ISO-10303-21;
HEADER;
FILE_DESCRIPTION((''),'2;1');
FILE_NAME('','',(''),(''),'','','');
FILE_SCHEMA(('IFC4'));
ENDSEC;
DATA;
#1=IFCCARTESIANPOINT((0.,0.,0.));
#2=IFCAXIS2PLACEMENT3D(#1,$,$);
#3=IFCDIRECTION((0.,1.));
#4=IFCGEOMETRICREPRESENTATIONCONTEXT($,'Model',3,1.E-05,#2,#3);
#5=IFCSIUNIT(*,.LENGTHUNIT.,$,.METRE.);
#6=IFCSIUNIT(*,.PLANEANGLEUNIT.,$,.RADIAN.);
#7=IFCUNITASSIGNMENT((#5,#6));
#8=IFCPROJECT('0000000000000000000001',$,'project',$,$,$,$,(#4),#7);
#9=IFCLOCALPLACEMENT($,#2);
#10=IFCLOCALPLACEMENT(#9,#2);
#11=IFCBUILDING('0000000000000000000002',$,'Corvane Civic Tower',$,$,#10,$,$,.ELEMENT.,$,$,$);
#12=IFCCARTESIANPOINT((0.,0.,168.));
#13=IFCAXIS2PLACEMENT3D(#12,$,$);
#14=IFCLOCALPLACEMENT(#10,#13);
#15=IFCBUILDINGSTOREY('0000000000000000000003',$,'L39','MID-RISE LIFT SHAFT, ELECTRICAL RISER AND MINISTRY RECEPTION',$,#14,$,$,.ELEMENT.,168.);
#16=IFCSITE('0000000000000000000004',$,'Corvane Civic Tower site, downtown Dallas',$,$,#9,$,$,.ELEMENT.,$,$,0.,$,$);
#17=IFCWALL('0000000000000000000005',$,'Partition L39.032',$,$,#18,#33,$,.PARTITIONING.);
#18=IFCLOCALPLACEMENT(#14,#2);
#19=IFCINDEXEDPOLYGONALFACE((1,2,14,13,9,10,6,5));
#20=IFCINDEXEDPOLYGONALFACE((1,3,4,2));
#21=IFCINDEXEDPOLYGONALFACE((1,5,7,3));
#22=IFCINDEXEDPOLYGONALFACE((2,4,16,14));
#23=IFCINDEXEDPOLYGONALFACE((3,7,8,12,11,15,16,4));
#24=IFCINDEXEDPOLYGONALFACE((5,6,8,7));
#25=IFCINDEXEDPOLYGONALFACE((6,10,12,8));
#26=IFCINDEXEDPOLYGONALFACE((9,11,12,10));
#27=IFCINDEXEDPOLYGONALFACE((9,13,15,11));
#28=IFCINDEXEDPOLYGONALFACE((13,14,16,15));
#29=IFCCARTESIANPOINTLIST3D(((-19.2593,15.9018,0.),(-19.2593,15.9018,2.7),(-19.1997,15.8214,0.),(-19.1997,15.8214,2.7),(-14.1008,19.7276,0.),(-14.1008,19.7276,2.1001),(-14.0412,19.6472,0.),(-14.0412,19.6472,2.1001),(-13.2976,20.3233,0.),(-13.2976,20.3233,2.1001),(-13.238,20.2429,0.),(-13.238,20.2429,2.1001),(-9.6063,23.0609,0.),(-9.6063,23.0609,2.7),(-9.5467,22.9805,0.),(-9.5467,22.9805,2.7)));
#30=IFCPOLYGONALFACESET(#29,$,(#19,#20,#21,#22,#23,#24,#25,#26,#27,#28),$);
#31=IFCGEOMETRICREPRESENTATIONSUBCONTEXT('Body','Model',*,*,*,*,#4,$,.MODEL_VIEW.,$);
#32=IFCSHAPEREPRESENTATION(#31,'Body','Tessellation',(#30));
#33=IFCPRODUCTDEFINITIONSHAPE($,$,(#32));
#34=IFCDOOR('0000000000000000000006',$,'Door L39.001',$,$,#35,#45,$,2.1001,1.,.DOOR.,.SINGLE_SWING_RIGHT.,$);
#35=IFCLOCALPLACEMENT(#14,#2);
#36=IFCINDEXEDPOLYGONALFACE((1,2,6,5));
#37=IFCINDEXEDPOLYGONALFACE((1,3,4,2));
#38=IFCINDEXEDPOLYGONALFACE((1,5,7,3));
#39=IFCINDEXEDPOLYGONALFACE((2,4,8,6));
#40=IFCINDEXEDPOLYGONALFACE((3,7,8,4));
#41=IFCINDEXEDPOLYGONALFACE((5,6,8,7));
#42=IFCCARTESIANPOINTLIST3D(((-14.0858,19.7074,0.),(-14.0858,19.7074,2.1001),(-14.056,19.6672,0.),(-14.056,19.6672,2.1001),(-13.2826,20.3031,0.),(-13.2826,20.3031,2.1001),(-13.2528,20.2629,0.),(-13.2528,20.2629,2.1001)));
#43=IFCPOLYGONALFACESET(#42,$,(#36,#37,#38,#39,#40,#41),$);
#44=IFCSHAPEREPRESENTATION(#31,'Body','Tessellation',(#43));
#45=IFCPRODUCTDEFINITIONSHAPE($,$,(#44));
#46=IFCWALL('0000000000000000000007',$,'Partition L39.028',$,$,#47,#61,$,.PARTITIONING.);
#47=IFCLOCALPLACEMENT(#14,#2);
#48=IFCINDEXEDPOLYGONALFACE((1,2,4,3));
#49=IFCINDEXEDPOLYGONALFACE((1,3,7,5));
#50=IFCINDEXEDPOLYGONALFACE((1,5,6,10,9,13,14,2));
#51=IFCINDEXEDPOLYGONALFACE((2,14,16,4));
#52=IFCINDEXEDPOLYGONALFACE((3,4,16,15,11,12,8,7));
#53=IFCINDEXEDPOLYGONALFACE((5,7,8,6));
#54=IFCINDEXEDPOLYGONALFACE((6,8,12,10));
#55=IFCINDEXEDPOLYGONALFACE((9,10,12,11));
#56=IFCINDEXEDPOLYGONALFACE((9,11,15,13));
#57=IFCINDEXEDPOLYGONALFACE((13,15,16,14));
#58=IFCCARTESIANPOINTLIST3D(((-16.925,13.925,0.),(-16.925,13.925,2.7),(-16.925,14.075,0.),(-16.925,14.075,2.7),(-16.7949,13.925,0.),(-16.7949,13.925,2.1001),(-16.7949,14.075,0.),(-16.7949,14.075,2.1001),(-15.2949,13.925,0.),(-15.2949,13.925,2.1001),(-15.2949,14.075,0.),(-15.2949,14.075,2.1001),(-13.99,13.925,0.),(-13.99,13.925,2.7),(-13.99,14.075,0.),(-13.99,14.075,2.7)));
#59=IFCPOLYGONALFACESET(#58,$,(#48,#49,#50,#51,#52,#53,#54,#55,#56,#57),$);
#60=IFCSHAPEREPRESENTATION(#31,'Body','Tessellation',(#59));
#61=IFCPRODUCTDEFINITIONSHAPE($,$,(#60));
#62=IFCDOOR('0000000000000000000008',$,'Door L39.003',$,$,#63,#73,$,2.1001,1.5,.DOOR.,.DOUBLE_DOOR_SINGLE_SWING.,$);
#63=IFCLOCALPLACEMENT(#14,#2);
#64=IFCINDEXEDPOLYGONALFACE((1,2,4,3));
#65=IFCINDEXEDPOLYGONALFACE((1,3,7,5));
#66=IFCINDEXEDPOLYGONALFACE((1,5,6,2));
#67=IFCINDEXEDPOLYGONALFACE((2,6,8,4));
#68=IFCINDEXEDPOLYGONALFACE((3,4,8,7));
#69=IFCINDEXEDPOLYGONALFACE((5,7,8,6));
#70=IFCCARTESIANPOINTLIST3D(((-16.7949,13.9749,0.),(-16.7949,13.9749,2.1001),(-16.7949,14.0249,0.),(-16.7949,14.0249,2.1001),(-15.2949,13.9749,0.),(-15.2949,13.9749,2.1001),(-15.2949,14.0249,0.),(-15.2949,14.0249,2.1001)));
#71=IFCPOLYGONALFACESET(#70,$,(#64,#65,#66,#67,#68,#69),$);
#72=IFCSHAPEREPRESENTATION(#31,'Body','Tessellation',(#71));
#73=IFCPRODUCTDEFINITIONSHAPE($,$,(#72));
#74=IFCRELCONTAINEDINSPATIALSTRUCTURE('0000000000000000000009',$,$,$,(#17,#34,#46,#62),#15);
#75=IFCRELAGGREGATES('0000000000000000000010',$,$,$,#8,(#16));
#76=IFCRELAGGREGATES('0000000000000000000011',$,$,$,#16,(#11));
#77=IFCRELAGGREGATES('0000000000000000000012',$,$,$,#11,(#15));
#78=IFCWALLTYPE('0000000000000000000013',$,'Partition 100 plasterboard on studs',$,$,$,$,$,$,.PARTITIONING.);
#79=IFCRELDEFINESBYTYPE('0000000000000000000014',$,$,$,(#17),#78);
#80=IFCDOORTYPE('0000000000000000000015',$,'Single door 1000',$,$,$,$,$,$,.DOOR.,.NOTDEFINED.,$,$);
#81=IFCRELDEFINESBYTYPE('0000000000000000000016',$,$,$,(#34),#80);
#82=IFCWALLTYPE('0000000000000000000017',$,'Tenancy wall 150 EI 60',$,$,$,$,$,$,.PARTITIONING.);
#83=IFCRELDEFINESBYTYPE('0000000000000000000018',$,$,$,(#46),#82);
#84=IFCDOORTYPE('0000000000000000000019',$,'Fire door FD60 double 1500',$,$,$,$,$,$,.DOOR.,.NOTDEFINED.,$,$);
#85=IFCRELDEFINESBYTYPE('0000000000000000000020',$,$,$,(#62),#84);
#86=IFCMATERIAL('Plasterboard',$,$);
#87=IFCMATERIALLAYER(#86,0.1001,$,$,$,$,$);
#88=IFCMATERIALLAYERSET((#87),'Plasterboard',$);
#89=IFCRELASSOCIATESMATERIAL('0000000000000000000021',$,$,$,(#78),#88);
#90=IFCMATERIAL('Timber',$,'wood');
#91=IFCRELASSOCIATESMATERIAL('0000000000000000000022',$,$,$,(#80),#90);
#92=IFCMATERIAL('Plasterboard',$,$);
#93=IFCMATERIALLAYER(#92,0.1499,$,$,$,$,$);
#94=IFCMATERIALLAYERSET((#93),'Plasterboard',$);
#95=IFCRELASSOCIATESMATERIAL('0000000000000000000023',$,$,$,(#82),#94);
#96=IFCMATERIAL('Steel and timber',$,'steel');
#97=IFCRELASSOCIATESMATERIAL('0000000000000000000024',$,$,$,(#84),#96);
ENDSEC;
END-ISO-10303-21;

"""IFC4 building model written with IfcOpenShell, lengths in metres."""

from ifc_helpers import new_model, si_unit, direction, frame, frame_2d, origin, place, context, subcontext, project, spatial, rectangle, extrude, material, layer, layer_set, type_object, element, fill, save


model = new_model("IFC4")

# Units and contexts
model_context = context("Model", 3, precision=1e-05, world=origin(), true_north=direction((0.0, 1.0)))
body_context = subcontext(model_context, "Body", "Model", "MODEL_VIEW")
ifc_project = project(units=[si_unit("LENGTHUNIT", "METRE"), si_unit("PLANEANGLEUNIT", "RADIAN")], contexts=[model_context])

# Site, building, storey
site_placement = place(None, origin())
site = spatial("IfcSite", under=ifc_project, at=site_placement, Name="Corvane Civic Tower site, downtown Dallas", CompositionType="ELEMENT", RefElevation=0.0)
building_placement = place(site_placement, origin())
building = spatial("IfcBuilding", under=site, at=building_placement, Name="Corvane Civic Tower", CompositionType="ELEMENT")
storey_placement = place(building_placement, frame((0.0, 0.0, 168.0)))
storey = spatial("IfcBuildingStorey", under=building, at=storey_placement, Name="L39", Description="MID-RISE LIFT SHAFT, ELECTRICAL RISER AND MINISTRY RECEPTION", CompositionType="ELEMENT", Elevation=168.0)

# Shared definitions
ifc_material_1 = material(Name="Plasterboard")
ifc_layer_1 = layer(ifc_material_1, 0.1001)
ifc_layer_set_1 = layer_set([ifc_layer_1], Name="Plasterboard")
wall_type_1 = type_object("IfcWallType", Name="Partition 100 plasterboard on studs", PredefinedType="PARTITIONING", material=ifc_layer_set_1)

# Walls, openings, doors
wall_1_placement = place(storey_placement, frame((-19.2295, 15.8616, 0.0), z_axis=(0.0, 0.0, 1.0), x_axis=(0.803209, 0.595698, 0.0)))
wall_1 = element("IfcWall", 1, at=wall_1_placement, inside=storey, type_object=wall_type_1, Name="Partition L39.032", PredefinedType="PARTITIONING", context=body_context, shape_type="SweptSolid", body=[
    extrude(rectangle(XDim=12.0181, YDim=0.1001, at=frame_2d((6.009, 0.0))), origin(), (0.0, 0.0, 1.0), 2.7),
])
opening_1_placement = place(wall_1_placement, frame((6.4224, 0.0, 0.0)))
opening_1 = element("IfcOpeningElement", 2, at=opening_1_placement, cuts=wall_1, PredefinedType="OPENING", context=body_context, shape_type="SweptSolid", body=[
    extrude(rectangle(XDim=1.0, YDim=2.1001, at=frame_2d((0.5, 1.05))), frame((0.0, 0.0601, 0.0), z_axis=(0.0, -1.0, 0.0), x_axis=(1.0, 0.0, 0.0)), (0.0, 0.0, 1.0), 0.1201),
])
ifc_material_2 = material(Name="Timber", Category="wood")
door_type_1 = type_object("IfcDoorType", Name="Single door 1000", OperationType="NOTDEFINED", PredefinedType="DOOR", material=ifc_material_2)
door_1_placement = place(opening_1_placement, origin())
door_1 = element("IfcDoor", 3, at=door_1_placement, inside=storey, type_object=door_type_1, Name="Door L39.001", OperationType="SINGLE_SWING_RIGHT", OverallHeight=2.1001, OverallWidth=1.0, PredefinedType="DOOR", context=body_context, shape_type="SweptSolid", body=[
    extrude(rectangle(XDim=1.0, YDim=2.1001, at=frame_2d((0.5, 1.05))), frame((0.0, 0.0249, 0.0), z_axis=(0.0, -1.0, 0.0), x_axis=(1.0, 0.0, 0.0)), (0.0, 0.0, 1.0), 0.05),
])
fill(opening_1, door_1)
ifc_material_3 = material(Name="Plasterboard")
ifc_layer_2 = layer(ifc_material_3, 0.1499)
ifc_layer_set_2 = layer_set([ifc_layer_2], Name="Plasterboard")
wall_type_2 = type_object("IfcWallType", Name="Tenancy wall 150 EI 60", PredefinedType="PARTITIONING", material=ifc_layer_set_2)
wall_2_placement = place(storey_placement, frame((-16.925, 14.0, 0.0), z_axis=(0.0, 0.0, 1.0), x_axis=(1.0, 0.0, 0.0)))
wall_2 = element("IfcWall", 4, at=wall_2_placement, inside=storey, type_object=wall_type_2, Name="Partition L39.028", PredefinedType="PARTITIONING", context=body_context, shape_type="SweptSolid", body=[
    extrude(rectangle(XDim=2.9351, YDim=0.1499, at=frame_2d((1.4675, 0.0))), origin(), (0.0, 0.0, 1.0), 2.7),
])
opening_2_placement = place(wall_2_placement, frame((0.1301, 0.0, 0.0)))
opening_2 = element("IfcOpeningElement", 5, at=opening_2_placement, cuts=wall_2, PredefinedType="OPENING", context=body_context, shape_type="SweptSolid", body=[
    extrude(rectangle(XDim=1.5, YDim=2.1001, at=frame_2d((0.75, 1.05))), frame((0.0, 0.085, 0.0), z_axis=(0.0, -1.0, 0.0), x_axis=(1.0, 0.0, 0.0)), (0.0, 0.0, 1.0), 0.1699),
])
ifc_material_4 = material(Name="Steel and timber", Category="steel")
door_type_2 = type_object("IfcDoorType", Name="Fire door FD60 double 1500", OperationType="NOTDEFINED", PredefinedType="DOOR", material=ifc_material_4)
door_2_placement = place(opening_2_placement, origin())
door_2 = element("IfcDoor", 6, at=door_2_placement, inside=storey, type_object=door_type_2, Name="Door L39.003", OperationType="DOUBLE_DOOR_SINGLE_SWING", OverallHeight=2.1001, OverallWidth=1.5, PredefinedType="DOOR", context=body_context, shape_type="SweptSolid", body=[
    extrude(rectangle(XDim=1.5, YDim=2.1001, at=frame_2d((0.75, 1.05))), frame((0.0, 0.0249, 0.0), z_axis=(0.0, -1.0, 0.0), x_axis=(1.0, 0.0, 0.0)), (0.0, 0.0, 1.0), 0.05),
])
fill(opening_2, door_2)

save(model, "model.ifc")
